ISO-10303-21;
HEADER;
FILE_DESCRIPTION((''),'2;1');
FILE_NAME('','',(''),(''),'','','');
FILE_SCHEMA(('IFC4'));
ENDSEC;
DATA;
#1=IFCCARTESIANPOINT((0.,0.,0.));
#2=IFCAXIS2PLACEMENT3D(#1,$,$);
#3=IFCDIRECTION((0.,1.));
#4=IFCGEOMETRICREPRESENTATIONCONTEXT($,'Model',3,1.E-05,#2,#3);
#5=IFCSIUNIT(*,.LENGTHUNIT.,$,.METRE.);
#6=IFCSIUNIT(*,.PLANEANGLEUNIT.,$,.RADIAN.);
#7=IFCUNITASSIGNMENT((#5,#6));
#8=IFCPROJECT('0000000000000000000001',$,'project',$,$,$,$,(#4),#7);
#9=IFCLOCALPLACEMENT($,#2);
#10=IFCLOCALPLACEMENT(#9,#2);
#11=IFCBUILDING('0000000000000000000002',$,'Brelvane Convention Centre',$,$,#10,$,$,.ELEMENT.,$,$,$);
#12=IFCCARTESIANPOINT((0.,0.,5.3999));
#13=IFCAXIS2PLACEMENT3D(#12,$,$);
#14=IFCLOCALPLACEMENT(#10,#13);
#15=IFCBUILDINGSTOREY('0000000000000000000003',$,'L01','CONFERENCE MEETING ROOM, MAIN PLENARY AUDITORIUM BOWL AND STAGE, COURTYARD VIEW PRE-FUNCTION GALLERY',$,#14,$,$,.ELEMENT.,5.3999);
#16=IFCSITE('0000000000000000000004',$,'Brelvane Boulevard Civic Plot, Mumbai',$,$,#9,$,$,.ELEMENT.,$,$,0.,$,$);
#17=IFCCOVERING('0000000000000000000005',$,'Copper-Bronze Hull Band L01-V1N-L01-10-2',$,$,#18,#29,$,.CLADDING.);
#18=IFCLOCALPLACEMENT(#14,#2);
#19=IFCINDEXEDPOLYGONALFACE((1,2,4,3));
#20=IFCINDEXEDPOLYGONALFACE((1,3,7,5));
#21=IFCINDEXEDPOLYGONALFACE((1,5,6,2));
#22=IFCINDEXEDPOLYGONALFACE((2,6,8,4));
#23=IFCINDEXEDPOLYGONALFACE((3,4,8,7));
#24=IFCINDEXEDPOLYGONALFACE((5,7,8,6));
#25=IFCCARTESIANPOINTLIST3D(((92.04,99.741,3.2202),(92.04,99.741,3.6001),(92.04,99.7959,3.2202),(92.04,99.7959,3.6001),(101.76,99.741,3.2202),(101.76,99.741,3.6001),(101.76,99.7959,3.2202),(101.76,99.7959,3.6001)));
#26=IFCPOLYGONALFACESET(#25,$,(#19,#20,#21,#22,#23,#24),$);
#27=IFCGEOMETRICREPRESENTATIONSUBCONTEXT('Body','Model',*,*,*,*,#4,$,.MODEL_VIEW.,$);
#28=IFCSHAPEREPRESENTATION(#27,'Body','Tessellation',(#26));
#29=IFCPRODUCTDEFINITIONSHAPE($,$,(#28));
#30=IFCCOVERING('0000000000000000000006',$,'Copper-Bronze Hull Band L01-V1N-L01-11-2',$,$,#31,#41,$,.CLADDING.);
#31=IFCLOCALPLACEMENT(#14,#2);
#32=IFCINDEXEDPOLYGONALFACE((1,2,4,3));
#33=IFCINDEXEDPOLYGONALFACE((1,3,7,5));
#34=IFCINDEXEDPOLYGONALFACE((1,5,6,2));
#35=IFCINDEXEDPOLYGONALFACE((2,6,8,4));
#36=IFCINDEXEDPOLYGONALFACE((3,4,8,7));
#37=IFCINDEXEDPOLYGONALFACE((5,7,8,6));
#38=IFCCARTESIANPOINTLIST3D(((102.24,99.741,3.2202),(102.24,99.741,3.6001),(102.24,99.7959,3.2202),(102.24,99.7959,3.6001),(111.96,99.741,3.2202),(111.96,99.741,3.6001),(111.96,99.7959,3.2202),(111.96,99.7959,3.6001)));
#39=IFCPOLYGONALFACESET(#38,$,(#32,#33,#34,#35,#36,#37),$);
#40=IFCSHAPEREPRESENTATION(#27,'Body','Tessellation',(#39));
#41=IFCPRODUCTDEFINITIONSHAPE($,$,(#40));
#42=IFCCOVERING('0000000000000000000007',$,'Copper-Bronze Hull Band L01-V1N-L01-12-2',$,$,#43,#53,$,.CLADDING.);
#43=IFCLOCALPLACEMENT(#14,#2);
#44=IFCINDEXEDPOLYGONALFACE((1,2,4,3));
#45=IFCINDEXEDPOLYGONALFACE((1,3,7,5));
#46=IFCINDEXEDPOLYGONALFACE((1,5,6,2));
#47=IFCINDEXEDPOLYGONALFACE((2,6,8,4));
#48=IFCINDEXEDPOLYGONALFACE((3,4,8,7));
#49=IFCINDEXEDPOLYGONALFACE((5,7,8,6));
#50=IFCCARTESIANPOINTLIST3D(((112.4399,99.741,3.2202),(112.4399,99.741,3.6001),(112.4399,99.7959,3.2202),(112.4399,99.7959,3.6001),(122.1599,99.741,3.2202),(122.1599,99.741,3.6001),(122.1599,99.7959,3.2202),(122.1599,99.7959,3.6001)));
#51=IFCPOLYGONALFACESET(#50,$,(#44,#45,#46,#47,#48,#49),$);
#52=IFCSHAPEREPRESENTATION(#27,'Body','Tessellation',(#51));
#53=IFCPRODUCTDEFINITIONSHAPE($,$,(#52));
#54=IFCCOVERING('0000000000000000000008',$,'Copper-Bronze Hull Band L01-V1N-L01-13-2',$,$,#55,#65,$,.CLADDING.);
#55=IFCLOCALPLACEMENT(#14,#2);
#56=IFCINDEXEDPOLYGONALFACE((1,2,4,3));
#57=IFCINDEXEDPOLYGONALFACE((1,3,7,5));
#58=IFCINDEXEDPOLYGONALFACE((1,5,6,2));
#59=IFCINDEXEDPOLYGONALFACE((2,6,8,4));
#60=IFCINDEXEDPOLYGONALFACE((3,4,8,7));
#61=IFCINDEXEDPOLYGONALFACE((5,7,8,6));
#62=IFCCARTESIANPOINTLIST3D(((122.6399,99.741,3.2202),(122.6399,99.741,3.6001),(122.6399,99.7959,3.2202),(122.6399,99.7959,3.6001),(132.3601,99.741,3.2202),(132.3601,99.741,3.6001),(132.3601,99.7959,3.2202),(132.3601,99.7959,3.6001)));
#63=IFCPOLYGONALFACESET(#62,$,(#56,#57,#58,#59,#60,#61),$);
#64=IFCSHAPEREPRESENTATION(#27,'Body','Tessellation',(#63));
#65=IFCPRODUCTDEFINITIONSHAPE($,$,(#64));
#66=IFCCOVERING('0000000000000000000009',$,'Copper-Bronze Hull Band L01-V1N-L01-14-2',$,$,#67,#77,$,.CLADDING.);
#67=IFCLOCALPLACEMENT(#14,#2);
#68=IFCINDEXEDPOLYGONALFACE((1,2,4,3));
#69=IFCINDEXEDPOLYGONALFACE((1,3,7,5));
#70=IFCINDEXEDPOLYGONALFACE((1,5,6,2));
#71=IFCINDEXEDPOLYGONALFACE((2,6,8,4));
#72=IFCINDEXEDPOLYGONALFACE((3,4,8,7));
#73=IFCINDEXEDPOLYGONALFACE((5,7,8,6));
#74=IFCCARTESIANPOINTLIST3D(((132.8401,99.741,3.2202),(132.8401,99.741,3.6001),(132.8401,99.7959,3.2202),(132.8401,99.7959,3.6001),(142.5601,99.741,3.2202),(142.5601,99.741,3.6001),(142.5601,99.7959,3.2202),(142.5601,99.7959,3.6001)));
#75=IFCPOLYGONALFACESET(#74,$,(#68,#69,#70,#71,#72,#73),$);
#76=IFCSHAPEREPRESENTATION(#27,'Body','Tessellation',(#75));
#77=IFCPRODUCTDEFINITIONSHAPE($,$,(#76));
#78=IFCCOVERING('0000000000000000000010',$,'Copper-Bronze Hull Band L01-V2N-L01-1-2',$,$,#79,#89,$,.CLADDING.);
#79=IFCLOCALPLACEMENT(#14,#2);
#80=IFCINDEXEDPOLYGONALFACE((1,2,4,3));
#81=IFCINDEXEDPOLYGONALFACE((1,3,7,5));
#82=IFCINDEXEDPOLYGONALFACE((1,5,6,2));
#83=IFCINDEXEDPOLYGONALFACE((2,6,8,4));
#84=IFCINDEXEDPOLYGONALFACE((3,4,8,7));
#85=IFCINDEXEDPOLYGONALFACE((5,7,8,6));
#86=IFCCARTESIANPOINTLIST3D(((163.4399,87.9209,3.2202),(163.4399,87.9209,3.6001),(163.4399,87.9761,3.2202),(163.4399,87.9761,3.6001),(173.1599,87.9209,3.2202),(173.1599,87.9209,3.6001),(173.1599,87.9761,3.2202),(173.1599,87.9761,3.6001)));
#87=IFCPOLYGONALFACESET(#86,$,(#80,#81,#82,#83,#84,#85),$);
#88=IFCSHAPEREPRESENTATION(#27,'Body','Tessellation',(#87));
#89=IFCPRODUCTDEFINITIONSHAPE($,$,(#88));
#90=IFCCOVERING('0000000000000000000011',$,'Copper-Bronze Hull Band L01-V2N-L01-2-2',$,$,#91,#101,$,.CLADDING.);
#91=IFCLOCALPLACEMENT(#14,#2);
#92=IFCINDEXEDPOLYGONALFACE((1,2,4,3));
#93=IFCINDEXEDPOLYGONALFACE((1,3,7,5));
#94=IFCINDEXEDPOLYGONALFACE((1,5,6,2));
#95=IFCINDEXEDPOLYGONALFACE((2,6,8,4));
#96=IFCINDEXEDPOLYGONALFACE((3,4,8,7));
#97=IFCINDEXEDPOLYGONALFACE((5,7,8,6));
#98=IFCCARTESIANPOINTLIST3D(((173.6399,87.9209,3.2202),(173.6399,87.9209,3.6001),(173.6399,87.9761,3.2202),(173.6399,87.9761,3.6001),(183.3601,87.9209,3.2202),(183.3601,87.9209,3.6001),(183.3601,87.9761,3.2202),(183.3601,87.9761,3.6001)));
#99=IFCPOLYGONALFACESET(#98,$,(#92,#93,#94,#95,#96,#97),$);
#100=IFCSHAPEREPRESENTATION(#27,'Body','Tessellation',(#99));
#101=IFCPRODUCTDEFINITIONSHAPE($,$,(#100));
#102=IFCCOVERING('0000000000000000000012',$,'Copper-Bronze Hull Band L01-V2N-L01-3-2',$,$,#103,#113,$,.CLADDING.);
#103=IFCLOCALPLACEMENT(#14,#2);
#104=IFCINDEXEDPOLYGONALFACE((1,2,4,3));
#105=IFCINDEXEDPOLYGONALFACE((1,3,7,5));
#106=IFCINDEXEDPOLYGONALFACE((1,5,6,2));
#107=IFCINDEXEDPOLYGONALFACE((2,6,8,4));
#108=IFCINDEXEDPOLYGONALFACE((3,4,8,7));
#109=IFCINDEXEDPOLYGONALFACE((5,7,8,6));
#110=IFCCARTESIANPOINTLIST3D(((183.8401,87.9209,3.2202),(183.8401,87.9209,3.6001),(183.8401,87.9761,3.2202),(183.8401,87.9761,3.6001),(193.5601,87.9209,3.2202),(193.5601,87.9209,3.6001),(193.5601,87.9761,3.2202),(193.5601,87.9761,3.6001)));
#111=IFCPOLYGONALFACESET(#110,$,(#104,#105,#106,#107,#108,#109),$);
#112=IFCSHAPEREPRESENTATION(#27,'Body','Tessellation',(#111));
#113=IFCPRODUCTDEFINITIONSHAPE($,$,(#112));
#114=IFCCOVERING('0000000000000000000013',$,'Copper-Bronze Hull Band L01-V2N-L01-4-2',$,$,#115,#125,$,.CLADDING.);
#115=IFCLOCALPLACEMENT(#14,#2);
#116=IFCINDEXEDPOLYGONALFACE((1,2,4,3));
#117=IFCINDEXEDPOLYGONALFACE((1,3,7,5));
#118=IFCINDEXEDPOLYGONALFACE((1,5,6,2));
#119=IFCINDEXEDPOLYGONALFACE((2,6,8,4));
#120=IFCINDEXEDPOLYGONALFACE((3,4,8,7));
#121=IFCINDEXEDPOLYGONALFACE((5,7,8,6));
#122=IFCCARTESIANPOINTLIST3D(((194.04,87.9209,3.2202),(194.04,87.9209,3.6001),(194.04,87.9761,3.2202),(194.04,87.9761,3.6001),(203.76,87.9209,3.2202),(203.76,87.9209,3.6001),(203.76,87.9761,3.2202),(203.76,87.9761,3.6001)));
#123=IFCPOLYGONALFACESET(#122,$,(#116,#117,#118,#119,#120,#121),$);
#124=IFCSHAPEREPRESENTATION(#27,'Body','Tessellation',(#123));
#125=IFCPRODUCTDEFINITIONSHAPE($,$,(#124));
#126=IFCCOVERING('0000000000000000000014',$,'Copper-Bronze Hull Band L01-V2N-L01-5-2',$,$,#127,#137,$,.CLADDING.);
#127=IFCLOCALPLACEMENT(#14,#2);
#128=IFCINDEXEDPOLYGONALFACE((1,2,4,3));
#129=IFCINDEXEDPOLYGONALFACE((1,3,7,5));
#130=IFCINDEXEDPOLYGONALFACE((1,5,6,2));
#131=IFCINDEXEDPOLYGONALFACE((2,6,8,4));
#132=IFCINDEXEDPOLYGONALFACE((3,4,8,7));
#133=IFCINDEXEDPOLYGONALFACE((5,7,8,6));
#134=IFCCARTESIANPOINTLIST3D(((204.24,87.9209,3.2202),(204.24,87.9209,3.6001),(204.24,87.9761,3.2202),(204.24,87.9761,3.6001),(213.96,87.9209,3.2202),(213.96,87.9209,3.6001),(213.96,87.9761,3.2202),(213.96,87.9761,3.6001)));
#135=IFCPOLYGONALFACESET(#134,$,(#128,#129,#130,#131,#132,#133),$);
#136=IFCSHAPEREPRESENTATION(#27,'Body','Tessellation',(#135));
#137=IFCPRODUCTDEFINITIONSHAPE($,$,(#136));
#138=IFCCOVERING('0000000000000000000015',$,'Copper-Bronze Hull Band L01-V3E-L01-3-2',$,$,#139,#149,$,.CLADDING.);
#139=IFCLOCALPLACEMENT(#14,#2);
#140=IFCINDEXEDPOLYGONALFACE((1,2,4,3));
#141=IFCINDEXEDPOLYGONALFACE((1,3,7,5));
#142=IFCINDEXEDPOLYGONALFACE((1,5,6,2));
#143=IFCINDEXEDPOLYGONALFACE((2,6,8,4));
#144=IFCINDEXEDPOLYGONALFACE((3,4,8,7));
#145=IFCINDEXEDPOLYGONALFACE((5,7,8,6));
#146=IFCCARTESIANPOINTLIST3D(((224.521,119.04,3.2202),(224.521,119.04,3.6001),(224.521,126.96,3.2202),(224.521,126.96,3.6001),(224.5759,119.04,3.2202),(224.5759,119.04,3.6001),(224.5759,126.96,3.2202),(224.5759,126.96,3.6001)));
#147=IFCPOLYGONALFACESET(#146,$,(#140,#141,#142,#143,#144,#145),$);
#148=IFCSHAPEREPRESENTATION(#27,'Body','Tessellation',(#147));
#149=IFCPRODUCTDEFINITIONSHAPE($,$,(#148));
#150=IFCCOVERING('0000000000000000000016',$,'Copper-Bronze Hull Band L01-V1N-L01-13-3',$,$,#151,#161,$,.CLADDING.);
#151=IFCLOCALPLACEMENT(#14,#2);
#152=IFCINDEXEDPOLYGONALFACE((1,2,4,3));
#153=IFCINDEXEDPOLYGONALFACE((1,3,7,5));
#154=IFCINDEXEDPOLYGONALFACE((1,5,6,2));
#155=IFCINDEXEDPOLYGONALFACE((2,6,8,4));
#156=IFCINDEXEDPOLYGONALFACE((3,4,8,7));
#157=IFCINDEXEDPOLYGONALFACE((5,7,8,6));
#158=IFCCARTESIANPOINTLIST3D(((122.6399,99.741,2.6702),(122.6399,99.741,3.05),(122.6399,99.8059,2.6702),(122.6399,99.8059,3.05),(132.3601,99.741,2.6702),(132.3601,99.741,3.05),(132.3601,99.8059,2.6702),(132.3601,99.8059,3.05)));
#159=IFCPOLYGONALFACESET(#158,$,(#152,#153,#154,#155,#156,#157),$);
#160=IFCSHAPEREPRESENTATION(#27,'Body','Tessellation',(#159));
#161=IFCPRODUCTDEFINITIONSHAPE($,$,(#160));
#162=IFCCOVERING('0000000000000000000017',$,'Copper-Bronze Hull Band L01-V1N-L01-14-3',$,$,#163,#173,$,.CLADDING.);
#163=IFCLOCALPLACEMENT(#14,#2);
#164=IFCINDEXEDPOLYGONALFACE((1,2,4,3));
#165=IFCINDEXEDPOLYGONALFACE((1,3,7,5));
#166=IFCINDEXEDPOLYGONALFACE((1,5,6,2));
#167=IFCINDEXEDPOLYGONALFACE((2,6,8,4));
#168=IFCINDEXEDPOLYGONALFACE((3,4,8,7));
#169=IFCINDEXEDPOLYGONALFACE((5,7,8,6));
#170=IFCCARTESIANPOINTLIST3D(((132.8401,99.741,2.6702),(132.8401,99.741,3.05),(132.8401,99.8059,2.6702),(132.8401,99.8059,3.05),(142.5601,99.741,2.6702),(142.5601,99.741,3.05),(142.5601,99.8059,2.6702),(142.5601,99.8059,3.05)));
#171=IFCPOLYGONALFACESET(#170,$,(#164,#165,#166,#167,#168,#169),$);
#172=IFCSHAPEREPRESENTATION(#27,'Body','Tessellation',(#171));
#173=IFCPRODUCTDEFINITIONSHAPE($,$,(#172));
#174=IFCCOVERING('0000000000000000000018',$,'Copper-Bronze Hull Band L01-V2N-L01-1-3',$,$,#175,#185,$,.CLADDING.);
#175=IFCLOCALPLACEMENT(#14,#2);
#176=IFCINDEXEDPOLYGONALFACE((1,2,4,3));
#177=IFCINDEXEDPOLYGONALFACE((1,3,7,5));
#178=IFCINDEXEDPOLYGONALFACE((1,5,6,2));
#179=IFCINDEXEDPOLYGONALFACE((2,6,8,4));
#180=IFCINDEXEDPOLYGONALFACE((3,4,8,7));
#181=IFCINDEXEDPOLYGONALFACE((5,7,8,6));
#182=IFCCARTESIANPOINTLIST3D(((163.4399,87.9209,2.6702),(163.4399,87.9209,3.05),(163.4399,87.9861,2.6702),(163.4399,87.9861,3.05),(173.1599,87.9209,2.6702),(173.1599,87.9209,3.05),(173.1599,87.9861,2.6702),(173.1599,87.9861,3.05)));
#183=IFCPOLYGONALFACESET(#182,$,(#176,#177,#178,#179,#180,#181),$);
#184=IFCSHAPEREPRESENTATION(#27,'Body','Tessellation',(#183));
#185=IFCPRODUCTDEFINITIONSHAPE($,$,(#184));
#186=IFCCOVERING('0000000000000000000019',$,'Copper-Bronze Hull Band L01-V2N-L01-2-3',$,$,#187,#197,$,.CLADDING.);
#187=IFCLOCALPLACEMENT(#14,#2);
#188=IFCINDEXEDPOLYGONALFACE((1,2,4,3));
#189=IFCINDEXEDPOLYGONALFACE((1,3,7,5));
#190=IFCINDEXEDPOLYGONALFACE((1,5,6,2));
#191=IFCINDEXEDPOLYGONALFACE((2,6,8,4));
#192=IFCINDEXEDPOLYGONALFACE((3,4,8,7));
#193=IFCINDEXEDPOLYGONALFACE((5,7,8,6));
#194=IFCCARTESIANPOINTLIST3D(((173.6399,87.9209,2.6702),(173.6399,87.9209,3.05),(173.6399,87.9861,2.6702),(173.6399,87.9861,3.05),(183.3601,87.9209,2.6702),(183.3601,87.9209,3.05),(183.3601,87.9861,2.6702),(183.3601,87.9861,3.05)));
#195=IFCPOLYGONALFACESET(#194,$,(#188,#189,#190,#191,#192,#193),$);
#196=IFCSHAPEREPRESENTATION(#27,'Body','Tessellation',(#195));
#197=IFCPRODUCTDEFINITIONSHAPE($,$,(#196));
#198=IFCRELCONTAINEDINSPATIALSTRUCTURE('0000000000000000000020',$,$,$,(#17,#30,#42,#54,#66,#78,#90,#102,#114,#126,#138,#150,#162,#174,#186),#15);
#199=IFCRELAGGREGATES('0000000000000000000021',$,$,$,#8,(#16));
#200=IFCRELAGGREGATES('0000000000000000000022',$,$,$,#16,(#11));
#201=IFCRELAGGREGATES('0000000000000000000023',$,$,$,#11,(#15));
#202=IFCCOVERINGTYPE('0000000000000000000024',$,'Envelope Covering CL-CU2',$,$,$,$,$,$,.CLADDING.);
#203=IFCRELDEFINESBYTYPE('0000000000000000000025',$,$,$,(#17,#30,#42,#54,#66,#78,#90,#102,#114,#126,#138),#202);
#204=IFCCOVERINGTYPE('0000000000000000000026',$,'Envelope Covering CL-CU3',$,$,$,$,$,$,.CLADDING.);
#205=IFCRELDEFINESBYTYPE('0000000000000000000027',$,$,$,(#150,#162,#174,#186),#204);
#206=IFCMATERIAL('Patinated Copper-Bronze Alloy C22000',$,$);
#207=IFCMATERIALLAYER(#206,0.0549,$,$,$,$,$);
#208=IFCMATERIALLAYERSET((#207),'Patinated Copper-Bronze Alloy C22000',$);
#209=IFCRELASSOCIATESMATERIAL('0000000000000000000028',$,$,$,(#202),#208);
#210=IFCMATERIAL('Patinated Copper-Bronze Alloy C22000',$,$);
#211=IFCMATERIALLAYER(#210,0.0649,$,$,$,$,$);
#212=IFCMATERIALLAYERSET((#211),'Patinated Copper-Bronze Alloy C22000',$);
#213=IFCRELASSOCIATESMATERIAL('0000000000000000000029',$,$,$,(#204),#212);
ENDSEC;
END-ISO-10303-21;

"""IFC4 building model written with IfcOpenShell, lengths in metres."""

from ifc_helpers import new_model, si_unit, direction, frame, origin, place, context, subcontext, project, spatial, polyline, outline, extrude, material, layer, layer_set, type_object, element, save


model = new_model("IFC4")

# Units and contexts
model_context = context("Model", 3, precision=1e-05, world=origin(), true_north=direction((0.0, 1.0)))
body_context = subcontext(model_context, "Body", "Model", "MODEL_VIEW")
ifc_project = project(units=[si_unit("LENGTHUNIT", "METRE"), si_unit("PLANEANGLEUNIT", "RADIAN")], contexts=[model_context])

# Site, building, storey
site_placement = place(None, origin())
site = spatial("IfcSite", under=ifc_project, at=site_placement, Name="Brelvane Boulevard Civic Plot, Mumbai", CompositionType="ELEMENT", RefElevation=0.0)
building_placement = place(site_placement, origin())
building = spatial("IfcBuilding", under=site, at=building_placement, Name="Brelvane Convention Centre", CompositionType="ELEMENT")
storey_placement = place(building_placement, frame((0.0, 0.0, 5.3999)))
storey = spatial("IfcBuildingStorey", under=building, at=storey_placement, Name="L01", Description="CONFERENCE MEETING ROOM, MAIN PLENARY AUDITORIUM BOWL AND STAGE, COURTYARD VIEW PRE-FUNCTION GALLERY", CompositionType="ELEMENT", Elevation=5.3999)

# Coverings
ifc_material_1 = material(Name="Patinated Copper-Bronze Alloy C22000")
ifc_layer_1 = layer(ifc_material_1, 0.0549)
ifc_layer_set_1 = layer_set([ifc_layer_1], Name="Patinated Copper-Bronze Alloy C22000")
covering_type_1 = type_object("IfcCoveringType", Name="Envelope Covering CL-CU2", PredefinedType="CLADDING", material=ifc_layer_set_1)
covering_1_placement = place(storey_placement, frame((0.0, 0.0, 3.2202)))
element("IfcCovering", 1, at=covering_1_placement, inside=storey, type_object=covering_type_1, Name="Copper-Bronze Hull Band L01-V1N-L01-10-2", PredefinedType="CLADDING", context=body_context, shape_type="SweptSolid", body=[
    extrude(outline(polyline([(92.04, 99.741), (101.76, 99.741), (101.76, 99.7959), (92.04, 99.7959), (92.04, 99.741)])), origin(), (0.0, 0.0, 1.0), 0.3799),
])
covering_2_placement = place(storey_placement, frame((0.0, 0.0, 3.2202)))
element("IfcCovering", 2, at=covering_2_placement, inside=storey, type_object=covering_type_1, Name="Copper-Bronze Hull Band L01-V1N-L01-11-2", PredefinedType="CLADDING", context=body_context, shape_type="SweptSolid", body=[
    extrude(outline(polyline([(102.24, 99.741), (111.96, 99.741), (111.96, 99.7959), (102.24, 99.7959), (102.24, 99.741)])), origin(), (0.0, 0.0, 1.0), 0.3799),
])
covering_3_placement = place(storey_placement, frame((0.0, 0.0, 3.2202)))
element("IfcCovering", 3, at=covering_3_placement, inside=storey, type_object=covering_type_1, Name="Copper-Bronze Hull Band L01-V1N-L01-12-2", PredefinedType="CLADDING", context=body_context, shape_type="SweptSolid", body=[
    extrude(outline(polyline([(112.4399, 99.741), (122.1599, 99.741), (122.1599, 99.7959), (112.4399, 99.7959), (112.4399, 99.741)])), origin(), (0.0, 0.0, 1.0), 0.3799),
])
covering_4_placement = place(storey_placement, frame((0.0, 0.0, 3.2202)))
element("IfcCovering", 4, at=covering_4_placement, inside=storey, type_object=covering_type_1, Name="Copper-Bronze Hull Band L01-V1N-L01-13-2", PredefinedType="CLADDING", context=body_context, shape_type="SweptSolid", body=[
    extrude(outline(polyline([(122.6399, 99.741), (132.3601, 99.741), (132.3601, 99.7959), (122.6399, 99.7959), (122.6399, 99.741)])), origin(), (0.0, 0.0, 1.0), 0.3799),
])
covering_5_placement = place(storey_placement, frame((0.0, 0.0, 3.2202)))
element("IfcCovering", 5, at=covering_5_placement, inside=storey, type_object=covering_type_1, Name="Copper-Bronze Hull Band L01-V1N-L01-14-2", PredefinedType="CLADDING", context=body_context, shape_type="SweptSolid", body=[
    extrude(outline(polyline([(132.8401, 99.741), (142.5601, 99.741), (142.5601, 99.7959), (132.8401, 99.7959), (132.8401, 99.741)])), origin(), (0.0, 0.0, 1.0), 0.3799),
])
covering_6_placement = place(storey_placement, frame((0.0, 0.0, 3.2202)))
element("IfcCovering", 6, at=covering_6_placement, inside=storey, type_object=covering_type_1, Name="Copper-Bronze Hull Band L01-V2N-L01-1-2", PredefinedType="CLADDING", context=body_context, shape_type="SweptSolid", body=[
    extrude(outline(polyline([(163.4399, 87.9209), (173.1599, 87.9209), (173.1599, 87.9761), (163.4399, 87.9761), (163.4399, 87.9209)])), origin(), (0.0, 0.0, 1.0), 0.3799),
])
covering_7_placement = place(storey_placement, frame((0.0, 0.0, 3.2202)))
element("IfcCovering", 7, at=covering_7_placement, inside=storey, type_object=covering_type_1, Name="Copper-Bronze Hull Band L01-V2N-L01-2-2", PredefinedType="CLADDING", context=body_context, shape_type="SweptSolid", body=[
    extrude(outline(polyline([(173.6399, 87.9209), (183.3601, 87.9209), (183.3601, 87.9761), (173.6399, 87.9761), (173.6399, 87.9209)])), origin(), (0.0, 0.0, 1.0), 0.3799),
])
covering_8_placement = place(storey_placement, frame((0.0, 0.0, 3.2202)))
element("IfcCovering", 8, at=covering_8_placement, inside=storey, type_object=covering_type_1, Name="Copper-Bronze Hull Band L01-V2N-L01-3-2", PredefinedType="CLADDING", context=body_context, shape_type="SweptSolid", body=[
    extrude(outline(polyline([(183.8401, 87.9209), (193.5601, 87.9209), (193.5601, 87.9761), (183.8401, 87.9761), (183.8401, 87.9209)])), origin(), (0.0, 0.0, 1.0), 0.3799),
])
covering_9_placement = place(storey_placement, frame((0.0, 0.0, 3.2202)))
element("IfcCovering", 9, at=covering_9_placement, inside=storey, type_object=covering_type_1, Name="Copper-Bronze Hull Band L01-V2N-L01-4-2", PredefinedType="CLADDING", context=body_context, shape_type="SweptSolid", body=[
    extrude(outline(polyline([(194.04, 87.9209), (203.76, 87.9209), (203.76, 87.9761), (194.04, 87.9761), (194.04, 87.9209)])), origin(), (0.0, 0.0, 1.0), 0.3799),
])
covering_10_placement = place(storey_placement, frame((0.0, 0.0, 3.2202)))
element("IfcCovering", 10, at=covering_10_placement, inside=storey, type_object=covering_type_1, Name="Copper-Bronze Hull Band L01-V2N-L01-5-2", PredefinedType="CLADDING", context=body_context, shape_type="SweptSolid", body=[
    extrude(outline(polyline([(204.24, 87.9209), (213.96, 87.9209), (213.96, 87.9761), (204.24, 87.9761), (204.24, 87.9209)])), origin(), (0.0, 0.0, 1.0), 0.3799),
])
covering_11_placement = place(storey_placement, frame((0.0, 0.0, 3.2202)))
element("IfcCovering", 11, at=covering_11_placement, inside=storey, type_object=covering_type_1, Name="Copper-Bronze Hull Band L01-V3E-L01-3-2", PredefinedType="CLADDING", context=body_context, shape_type="SweptSolid", body=[
    extrude(outline(polyline([(224.5759, 119.04), (224.5759, 126.96), (224.521, 126.96), (224.521, 119.04), (224.5759, 119.04)])), origin(), (0.0, 0.0, 1.0), 0.3799),
])
ifc_material_2 = material(Name="Patinated Copper-Bronze Alloy C22000")
ifc_layer_2 = layer(ifc_material_2, 0.0649)
ifc_layer_set_2 = layer_set([ifc_layer_2], Name="Patinated Copper-Bronze Alloy C22000")
covering_type_2 = type_object("IfcCoveringType", Name="Envelope Covering CL-CU3", PredefinedType="CLADDING", material=ifc_layer_set_2)
covering_12_placement = place(storey_placement, frame((0.0, 0.0, 2.6702)))
element("IfcCovering", 12, at=covering_12_placement, inside=storey, type_object=covering_type_2, Name="Copper-Bronze Hull Band L01-V1N-L01-13-3", PredefinedType="CLADDING", context=body_context, shape_type="SweptSolid", body=[
    extrude(outline(polyline([(122.6399, 99.741), (132.3601, 99.741), (132.3601, 99.8059), (122.6399, 99.8059), (122.6399, 99.741)])), origin(), (0.0, 0.0, 1.0), 0.3799),
])
covering_13_placement = place(storey_placement, frame((0.0, 0.0, 2.6702)))
element("IfcCovering", 13, at=covering_13_placement, inside=storey, type_object=covering_type_2, Name="Copper-Bronze Hull Band L01-V1N-L01-14-3", PredefinedType="CLADDING", context=body_context, shape_type="SweptSolid", body=[
    extrude(outline(polyline([(132.8401, 99.741), (142.5601, 99.741), (142.5601, 99.8059), (132.8401, 99.8059), (132.8401, 99.741)])), origin(), (0.0, 0.0, 1.0), 0.3799),
])
covering_14_placement = place(storey_placement, frame((0.0, 0.0, 2.6702)))
element("IfcCovering", 14, at=covering_14_placement, inside=storey, type_object=covering_type_2, Name="Copper-Bronze Hull Band L01-V2N-L01-1-3", PredefinedType="CLADDING", context=body_context, shape_type="SweptSolid", body=[
    extrude(outline(polyline([(163.4399, 87.9209), (173.1599, 87.9209), (173.1599, 87.9861), (163.4399, 87.9861), (163.4399, 87.9209)])), origin(), (0.0, 0.0, 1.0), 0.3799),
])
covering_15_placement = place(storey_placement, frame((0.0, 0.0, 2.6702)))
element("IfcCovering", 15, at=covering_15_placement, inside=storey, type_object=covering_type_2, Name="Copper-Bronze Hull Band L01-V2N-L01-2-3", PredefinedType="CLADDING", context=body_context, shape_type="SweptSolid", body=[
    extrude(outline(polyline([(173.6399, 87.9209), (183.3601, 87.9209), (183.3601, 87.9861), (173.6399, 87.9861), (173.6399, 87.9209)])), origin(), (0.0, 0.0, 1.0), 0.3799),
])

save(model, "model.ifc")
